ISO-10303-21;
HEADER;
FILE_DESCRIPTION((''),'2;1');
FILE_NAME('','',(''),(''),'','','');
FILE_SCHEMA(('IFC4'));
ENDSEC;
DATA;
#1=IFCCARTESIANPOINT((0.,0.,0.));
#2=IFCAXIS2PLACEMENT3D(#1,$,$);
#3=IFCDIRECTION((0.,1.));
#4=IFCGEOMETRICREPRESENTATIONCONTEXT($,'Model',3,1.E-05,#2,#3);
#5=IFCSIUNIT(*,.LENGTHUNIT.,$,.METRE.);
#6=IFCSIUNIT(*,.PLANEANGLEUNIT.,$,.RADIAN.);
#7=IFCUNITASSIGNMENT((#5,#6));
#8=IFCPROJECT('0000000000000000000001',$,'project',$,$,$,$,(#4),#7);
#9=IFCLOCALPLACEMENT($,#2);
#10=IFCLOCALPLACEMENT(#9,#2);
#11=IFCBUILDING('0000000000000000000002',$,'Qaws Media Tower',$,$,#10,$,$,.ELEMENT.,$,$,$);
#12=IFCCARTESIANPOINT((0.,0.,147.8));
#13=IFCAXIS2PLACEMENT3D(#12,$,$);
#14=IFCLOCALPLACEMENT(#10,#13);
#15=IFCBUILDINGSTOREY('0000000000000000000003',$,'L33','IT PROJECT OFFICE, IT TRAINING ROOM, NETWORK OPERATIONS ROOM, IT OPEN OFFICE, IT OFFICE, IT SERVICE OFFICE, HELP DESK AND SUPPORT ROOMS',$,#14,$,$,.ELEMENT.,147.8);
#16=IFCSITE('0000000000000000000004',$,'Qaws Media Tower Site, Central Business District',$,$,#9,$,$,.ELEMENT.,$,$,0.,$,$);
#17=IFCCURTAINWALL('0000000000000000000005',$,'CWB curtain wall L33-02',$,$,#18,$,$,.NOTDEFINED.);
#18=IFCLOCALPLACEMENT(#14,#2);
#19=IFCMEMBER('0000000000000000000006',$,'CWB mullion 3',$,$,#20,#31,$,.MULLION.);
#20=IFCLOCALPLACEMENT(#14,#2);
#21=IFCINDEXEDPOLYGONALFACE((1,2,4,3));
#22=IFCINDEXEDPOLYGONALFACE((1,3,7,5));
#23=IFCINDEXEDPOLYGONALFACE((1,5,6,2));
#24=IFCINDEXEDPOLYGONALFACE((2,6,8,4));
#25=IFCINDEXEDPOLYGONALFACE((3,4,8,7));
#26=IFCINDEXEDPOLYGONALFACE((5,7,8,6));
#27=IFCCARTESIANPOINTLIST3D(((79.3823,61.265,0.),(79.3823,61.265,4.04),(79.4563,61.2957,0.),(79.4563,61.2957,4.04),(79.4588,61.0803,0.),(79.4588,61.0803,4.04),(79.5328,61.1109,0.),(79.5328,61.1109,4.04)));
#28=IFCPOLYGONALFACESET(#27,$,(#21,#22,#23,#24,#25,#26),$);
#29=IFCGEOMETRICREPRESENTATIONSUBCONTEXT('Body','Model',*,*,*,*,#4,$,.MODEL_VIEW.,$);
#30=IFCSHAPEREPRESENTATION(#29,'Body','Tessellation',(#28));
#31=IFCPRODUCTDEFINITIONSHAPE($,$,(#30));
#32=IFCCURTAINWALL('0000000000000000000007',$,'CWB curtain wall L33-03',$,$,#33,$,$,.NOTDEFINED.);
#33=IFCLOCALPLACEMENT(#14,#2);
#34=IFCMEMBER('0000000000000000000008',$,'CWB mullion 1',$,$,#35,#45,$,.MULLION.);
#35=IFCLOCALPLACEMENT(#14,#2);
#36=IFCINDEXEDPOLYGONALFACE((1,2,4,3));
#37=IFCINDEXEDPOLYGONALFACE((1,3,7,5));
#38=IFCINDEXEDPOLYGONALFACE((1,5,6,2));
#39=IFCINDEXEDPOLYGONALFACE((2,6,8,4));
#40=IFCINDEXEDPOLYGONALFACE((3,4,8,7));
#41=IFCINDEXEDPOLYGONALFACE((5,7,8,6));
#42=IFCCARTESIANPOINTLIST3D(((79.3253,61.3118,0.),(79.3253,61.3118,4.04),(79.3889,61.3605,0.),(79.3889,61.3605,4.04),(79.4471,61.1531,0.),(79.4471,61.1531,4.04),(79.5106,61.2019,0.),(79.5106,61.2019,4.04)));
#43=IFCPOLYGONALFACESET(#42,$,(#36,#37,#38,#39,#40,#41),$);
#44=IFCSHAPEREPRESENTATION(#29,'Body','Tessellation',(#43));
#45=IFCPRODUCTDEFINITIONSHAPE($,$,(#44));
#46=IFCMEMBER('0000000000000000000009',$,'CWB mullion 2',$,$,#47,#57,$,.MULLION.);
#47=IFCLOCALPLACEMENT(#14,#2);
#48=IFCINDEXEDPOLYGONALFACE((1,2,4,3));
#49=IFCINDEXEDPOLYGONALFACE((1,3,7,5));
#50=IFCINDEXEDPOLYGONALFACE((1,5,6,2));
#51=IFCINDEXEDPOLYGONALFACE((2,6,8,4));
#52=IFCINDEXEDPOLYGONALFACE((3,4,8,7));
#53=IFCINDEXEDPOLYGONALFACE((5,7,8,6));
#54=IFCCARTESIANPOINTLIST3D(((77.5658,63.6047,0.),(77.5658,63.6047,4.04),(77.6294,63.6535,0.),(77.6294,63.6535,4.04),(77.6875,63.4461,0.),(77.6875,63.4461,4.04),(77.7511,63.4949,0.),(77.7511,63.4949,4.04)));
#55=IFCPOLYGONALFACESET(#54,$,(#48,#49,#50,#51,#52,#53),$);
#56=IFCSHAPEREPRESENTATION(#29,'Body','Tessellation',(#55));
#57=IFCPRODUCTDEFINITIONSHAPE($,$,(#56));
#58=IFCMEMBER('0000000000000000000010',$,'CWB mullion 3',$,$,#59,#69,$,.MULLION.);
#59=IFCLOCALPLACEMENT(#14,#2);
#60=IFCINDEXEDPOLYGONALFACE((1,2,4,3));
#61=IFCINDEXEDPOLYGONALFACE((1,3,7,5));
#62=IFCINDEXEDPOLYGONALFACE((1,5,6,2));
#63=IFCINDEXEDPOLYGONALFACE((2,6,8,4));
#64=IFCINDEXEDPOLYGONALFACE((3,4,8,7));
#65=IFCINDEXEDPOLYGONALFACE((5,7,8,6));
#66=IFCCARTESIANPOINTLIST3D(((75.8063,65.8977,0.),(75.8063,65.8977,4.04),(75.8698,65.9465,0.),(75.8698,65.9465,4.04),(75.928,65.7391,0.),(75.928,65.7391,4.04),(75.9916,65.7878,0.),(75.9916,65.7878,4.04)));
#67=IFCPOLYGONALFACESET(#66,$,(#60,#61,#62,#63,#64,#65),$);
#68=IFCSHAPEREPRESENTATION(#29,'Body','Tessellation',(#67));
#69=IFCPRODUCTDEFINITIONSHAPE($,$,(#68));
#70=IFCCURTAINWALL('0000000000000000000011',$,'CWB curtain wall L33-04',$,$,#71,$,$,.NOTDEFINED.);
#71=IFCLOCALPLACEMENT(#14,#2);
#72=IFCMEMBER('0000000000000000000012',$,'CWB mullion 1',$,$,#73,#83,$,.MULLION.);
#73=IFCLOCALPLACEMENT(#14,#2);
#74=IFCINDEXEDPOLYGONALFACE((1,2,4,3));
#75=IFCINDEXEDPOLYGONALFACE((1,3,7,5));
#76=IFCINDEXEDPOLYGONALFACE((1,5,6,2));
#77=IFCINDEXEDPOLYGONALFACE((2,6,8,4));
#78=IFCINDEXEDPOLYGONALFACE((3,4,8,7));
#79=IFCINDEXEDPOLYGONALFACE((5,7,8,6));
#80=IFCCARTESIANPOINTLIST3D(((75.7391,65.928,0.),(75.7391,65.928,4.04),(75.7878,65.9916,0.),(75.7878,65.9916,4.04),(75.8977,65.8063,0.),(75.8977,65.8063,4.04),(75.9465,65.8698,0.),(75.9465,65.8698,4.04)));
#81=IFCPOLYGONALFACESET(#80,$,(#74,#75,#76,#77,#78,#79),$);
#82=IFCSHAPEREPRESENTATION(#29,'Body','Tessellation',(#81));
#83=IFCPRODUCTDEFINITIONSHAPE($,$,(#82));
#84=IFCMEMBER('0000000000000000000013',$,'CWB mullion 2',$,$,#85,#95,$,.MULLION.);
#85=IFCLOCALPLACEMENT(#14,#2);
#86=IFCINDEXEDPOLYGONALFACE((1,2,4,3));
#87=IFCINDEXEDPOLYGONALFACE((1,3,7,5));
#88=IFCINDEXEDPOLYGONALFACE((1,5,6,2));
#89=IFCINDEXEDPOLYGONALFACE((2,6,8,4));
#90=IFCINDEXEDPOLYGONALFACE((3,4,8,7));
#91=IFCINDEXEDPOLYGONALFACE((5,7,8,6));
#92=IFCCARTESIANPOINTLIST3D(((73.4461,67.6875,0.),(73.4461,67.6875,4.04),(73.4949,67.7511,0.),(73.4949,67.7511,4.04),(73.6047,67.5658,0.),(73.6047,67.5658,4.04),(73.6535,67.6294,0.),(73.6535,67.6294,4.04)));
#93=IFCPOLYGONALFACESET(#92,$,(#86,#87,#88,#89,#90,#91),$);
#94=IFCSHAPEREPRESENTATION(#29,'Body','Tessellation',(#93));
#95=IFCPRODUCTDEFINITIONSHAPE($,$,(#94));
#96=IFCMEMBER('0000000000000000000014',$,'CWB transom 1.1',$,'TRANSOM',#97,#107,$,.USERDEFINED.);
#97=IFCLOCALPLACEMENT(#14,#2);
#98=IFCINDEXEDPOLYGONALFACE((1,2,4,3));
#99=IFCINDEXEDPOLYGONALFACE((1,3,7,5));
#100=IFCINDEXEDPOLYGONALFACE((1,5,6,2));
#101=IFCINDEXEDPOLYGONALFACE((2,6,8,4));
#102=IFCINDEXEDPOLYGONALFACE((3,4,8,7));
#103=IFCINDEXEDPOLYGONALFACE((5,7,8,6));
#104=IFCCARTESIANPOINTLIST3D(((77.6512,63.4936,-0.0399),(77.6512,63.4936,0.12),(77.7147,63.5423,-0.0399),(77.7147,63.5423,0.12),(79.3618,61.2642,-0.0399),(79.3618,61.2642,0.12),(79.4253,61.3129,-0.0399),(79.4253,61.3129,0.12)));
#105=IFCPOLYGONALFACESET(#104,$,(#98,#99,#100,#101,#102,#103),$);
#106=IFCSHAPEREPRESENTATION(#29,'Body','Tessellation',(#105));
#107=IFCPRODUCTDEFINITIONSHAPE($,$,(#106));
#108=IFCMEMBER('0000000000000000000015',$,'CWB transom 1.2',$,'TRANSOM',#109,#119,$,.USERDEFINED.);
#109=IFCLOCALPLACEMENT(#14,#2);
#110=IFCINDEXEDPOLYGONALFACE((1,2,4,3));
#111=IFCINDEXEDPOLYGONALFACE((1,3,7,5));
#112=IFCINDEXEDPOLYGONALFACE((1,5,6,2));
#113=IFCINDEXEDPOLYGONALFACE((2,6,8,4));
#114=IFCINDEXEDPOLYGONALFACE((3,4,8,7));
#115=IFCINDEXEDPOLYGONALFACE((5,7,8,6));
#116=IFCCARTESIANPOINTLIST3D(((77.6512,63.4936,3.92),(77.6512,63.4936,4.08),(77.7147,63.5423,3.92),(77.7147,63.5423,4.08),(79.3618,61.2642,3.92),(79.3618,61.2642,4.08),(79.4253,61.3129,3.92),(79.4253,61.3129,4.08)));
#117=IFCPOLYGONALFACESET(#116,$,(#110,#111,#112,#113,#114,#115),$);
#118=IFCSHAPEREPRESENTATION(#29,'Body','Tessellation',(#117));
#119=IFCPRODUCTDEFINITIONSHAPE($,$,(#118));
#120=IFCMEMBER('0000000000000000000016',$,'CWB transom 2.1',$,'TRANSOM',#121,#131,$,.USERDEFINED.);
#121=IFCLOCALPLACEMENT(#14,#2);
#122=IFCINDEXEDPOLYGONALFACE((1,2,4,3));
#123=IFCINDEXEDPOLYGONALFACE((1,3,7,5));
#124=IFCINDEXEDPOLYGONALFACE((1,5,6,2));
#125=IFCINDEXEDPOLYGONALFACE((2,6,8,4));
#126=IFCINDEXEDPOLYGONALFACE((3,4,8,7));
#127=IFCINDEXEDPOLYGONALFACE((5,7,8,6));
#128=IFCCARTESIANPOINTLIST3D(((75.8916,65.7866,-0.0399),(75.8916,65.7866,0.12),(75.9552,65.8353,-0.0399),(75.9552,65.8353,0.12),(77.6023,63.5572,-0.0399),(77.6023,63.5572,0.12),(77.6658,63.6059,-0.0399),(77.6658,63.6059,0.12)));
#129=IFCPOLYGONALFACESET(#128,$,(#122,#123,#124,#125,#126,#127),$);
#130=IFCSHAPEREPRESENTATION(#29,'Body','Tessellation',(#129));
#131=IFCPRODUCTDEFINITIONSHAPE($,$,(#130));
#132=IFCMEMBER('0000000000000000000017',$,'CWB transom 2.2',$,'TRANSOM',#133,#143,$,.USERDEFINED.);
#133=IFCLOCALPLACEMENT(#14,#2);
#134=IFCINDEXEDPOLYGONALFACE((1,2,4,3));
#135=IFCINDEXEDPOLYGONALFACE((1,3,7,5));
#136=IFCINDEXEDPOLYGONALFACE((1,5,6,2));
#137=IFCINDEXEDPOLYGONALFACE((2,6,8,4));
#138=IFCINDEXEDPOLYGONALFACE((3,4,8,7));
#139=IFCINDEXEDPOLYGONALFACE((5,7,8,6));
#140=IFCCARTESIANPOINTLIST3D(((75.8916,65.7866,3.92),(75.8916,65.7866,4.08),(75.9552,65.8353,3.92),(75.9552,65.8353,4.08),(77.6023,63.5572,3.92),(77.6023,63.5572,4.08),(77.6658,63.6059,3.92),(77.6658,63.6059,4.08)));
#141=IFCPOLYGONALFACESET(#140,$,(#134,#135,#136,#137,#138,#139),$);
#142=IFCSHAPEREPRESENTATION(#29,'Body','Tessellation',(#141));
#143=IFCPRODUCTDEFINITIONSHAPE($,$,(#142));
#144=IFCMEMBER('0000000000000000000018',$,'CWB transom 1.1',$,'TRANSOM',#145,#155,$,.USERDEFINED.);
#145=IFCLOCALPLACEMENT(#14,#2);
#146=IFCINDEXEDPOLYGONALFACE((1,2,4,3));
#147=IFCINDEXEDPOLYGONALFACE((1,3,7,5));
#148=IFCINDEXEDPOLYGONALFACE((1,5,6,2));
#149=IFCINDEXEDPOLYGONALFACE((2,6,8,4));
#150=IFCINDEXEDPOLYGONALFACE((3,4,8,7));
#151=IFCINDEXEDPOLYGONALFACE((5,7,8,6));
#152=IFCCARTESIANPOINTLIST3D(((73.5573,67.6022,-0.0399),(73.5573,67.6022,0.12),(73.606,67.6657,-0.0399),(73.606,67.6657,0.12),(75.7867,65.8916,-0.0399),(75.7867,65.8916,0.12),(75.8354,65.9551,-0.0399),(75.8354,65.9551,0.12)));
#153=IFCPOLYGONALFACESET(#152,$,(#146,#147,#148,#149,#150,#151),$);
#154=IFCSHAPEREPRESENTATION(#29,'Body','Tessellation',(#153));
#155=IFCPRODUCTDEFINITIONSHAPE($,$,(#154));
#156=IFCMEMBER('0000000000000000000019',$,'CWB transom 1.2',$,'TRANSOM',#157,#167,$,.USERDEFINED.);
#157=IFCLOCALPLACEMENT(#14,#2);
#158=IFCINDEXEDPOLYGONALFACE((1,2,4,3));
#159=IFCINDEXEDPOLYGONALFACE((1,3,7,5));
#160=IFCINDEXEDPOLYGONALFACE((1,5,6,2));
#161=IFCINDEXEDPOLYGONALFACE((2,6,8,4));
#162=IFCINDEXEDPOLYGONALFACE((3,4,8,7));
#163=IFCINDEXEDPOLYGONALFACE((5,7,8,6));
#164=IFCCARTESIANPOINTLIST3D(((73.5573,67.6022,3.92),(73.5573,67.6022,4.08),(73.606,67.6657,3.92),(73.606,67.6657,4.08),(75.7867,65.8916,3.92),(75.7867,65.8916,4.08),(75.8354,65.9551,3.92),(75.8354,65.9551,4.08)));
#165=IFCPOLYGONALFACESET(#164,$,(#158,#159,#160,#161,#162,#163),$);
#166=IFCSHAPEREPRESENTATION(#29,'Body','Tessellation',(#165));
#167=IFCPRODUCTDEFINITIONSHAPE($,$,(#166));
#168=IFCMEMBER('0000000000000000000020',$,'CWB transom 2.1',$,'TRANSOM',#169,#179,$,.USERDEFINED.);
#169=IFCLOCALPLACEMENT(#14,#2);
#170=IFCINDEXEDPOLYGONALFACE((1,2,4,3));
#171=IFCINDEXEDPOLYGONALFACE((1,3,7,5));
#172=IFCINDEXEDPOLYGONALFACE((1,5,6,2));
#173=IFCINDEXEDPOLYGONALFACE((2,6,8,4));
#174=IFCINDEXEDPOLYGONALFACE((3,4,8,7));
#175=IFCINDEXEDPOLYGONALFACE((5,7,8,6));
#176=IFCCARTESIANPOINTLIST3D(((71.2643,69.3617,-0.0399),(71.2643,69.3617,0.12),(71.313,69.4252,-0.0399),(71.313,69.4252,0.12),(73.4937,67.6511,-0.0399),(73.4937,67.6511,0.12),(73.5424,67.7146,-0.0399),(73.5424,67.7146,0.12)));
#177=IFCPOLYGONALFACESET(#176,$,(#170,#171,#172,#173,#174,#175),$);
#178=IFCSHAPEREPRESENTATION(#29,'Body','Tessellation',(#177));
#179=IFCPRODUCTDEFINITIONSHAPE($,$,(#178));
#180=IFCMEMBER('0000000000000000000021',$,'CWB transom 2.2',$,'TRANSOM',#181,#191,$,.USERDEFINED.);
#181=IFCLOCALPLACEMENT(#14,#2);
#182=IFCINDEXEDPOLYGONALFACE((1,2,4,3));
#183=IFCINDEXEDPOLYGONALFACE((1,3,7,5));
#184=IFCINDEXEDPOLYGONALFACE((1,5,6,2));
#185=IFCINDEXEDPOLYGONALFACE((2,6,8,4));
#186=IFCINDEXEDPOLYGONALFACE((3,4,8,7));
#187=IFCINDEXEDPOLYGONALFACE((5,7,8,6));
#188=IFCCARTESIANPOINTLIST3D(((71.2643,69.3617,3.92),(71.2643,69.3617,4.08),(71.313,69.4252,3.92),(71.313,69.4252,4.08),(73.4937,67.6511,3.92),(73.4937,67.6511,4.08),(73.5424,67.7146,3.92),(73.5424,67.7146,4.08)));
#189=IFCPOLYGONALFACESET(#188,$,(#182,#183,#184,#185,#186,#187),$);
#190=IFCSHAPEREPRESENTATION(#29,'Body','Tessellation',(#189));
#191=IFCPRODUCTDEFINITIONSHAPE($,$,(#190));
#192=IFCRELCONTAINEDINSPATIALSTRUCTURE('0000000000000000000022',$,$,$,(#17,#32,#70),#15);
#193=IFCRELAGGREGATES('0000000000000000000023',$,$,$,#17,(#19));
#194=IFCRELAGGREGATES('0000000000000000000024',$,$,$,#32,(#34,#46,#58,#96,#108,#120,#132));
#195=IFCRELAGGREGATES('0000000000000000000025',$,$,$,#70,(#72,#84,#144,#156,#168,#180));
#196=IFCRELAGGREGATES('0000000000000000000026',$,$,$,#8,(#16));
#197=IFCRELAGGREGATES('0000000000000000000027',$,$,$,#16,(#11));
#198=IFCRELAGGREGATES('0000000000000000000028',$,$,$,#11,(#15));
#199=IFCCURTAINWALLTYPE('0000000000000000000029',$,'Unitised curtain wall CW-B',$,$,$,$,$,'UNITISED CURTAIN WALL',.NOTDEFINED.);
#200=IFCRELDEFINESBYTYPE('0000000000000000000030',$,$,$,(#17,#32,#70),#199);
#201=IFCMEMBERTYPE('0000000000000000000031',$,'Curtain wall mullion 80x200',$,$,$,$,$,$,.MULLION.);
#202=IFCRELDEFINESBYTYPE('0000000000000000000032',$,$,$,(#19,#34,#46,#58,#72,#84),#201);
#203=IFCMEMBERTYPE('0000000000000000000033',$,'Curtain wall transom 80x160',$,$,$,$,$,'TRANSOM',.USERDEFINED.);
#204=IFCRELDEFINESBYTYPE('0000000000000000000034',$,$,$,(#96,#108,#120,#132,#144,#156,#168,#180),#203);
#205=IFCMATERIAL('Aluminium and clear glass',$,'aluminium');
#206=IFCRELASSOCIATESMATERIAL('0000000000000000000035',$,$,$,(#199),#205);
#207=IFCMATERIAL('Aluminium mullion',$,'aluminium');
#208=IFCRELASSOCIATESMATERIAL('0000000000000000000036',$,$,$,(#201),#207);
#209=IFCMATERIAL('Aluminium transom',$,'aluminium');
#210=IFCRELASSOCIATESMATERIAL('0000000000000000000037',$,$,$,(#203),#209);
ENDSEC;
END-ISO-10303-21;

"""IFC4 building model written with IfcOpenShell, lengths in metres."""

from ifc_helpers import new_model, si_unit, direction, frame, origin, origin_2d, place, context, subcontext, project, spatial, rectangle, extrude, material, material_profile, profile_set, type_object, element, aggregate, save


model = new_model("IFC4")

# Units and contexts
model_context = context("Model", 3, precision=1e-05, world=origin(), true_north=direction((0.0, 1.0)))
body_context = subcontext(model_context, "Body", "Model", "MODEL_VIEW")
ifc_project = project(units=[si_unit("LENGTHUNIT", "METRE"), si_unit("PLANEANGLEUNIT", "RADIAN")], contexts=[model_context])

# Site, building, storey
site_placement = place(None, origin())
site = spatial("IfcSite", under=ifc_project, at=site_placement, Name="Qaws Media Tower Site, Central Business District", CompositionType="ELEMENT", RefElevation=0.0)
building_placement = place(site_placement, origin())
building = spatial("IfcBuilding", under=site, at=building_placement, Name="Qaws Media Tower", CompositionType="ELEMENT")
storey_placement = place(building_placement, frame((0.0, 0.0, 147.8)))
storey = spatial("IfcBuildingStorey", under=building, at=storey_placement, Name="L33", Description="IT PROJECT OFFICE, IT TRAINING ROOM, NETWORK OPERATIONS ROOM, IT OPEN OFFICE, IT OFFICE, IT SERVICE OFFICE, HELP DESK AND SUPPORT ROOMS", CompositionType="ELEMENT", Elevation=147.8)

# Curtain wall, member
ifc_material_1 = material(Name="Aluminium and clear glass", Category="aluminium")
curtain_wall_type = type_object("IfcCurtainWallType", Name="Unitised curtain wall CW-B", ElementType="UNITISED CURTAIN WALL", PredefinedType="NOTDEFINED", material=ifc_material_1)
curtain_wall_1_placement = place(storey_placement, origin())
curtain_wall_1 = element("IfcCurtainWall", 1, at=curtain_wall_1_placement, inside=storey, type_object=curtain_wall_type, Name="CWB curtain wall L33-02", PredefinedType="NOTDEFINED")
ifc_material_2 = material(Name="Aluminium mullion", Category="aluminium")
ifc_material_profile_1 = material_profile(ifc_material_2, rectangle(XDim=0.0801, YDim=0.2, at=origin_2d()), Name="80x200")
ifc_profile_set_1 = profile_set([ifc_material_profile_1], Name="Aluminium mullion")
member_type_1 = type_object("IfcMemberType", Name="Curtain wall mullion 80x200", PredefinedType="MULLION", material=ifc_profile_set_1)
member_1_placement = place(storey_placement, frame((79.4575, 61.188, 0.0), z_axis=(0.0, 0.0, 1.0), x_axis=(-0.923879, -0.382684, 0.0)))
member_1 = element("IfcMember", 2, at=member_1_placement, type_object=member_type_1, Name="CWB mullion 3", PredefinedType="MULLION", context=body_context, shape_type="SweptSolid", body=[
    extrude(rectangle(XDim=0.0801, YDim=0.2, at=origin_2d()), origin(), (0.0, 0.0, 1.0), 4.04),
])
aggregate(curtain_wall_1, [member_1])

# Curtain walls, members
curtain_wall_2_placement = place(storey_placement, origin())
curtain_wall_2 = element("IfcCurtainWall", 3, at=curtain_wall_2_placement, inside=storey, type_object=curtain_wall_type, Name="CWB curtain wall L33-03", PredefinedType="NOTDEFINED")
member_2_placement = place(storey_placement, frame((79.418, 61.2568, 0.0), z_axis=(0.0, 0.0, 1.0), x_axis=(-0.793353, -0.608761, 0.0)))
member_2 = element("IfcMember", 4, at=member_2_placement, type_object=member_type_1, Name="CWB mullion 1", PredefinedType="MULLION", context=body_context, shape_type="SweptSolid", body=[
    extrude(rectangle(XDim=0.0801, YDim=0.2, at=origin_2d()), origin(), (0.0, 0.0, 1.0), 4.04),
])
member_3_placement = place(storey_placement, frame((77.6584, 63.5498, 0.0), z_axis=(0.0, 0.0, 1.0), x_axis=(-0.793353, -0.608761, 0.0)))
member_3 = element("IfcMember", 5, at=member_3_placement, type_object=member_type_1, Name="CWB mullion 2", PredefinedType="MULLION", context=body_context, shape_type="SweptSolid", body=[
    extrude(rectangle(XDim=0.0801, YDim=0.2, at=origin_2d()), origin(), (0.0, 0.0, 1.0), 4.04),
])
member_4_placement = place(storey_placement, frame((75.8989, 65.8428, 0.0), z_axis=(0.0, 0.0, 1.0), x_axis=(-0.793353, -0.608761, 0.0)))
member_4 = element("IfcMember", 6, at=member_4_placement, type_object=member_type_1, Name="CWB mullion 3", PredefinedType="MULLION", context=body_context, shape_type="SweptSolid", body=[
    extrude(rectangle(XDim=0.0801, YDim=0.2, at=origin_2d()), origin(), (0.0, 0.0, 1.0), 4.04),
])
curtain_wall_3_placement = place(storey_placement, origin())
curtain_wall_3 = element("IfcCurtainWall", 7, at=curtain_wall_3_placement, inside=storey, type_object=curtain_wall_type, Name="CWB curtain wall L33-04", PredefinedType="NOTDEFINED")
member_5_placement = place(storey_placement, frame((75.8428, 65.8989, 0.0), z_axis=(0.0, 0.0, 1.0), x_axis=(-0.608761, -0.793353, 0.0)))
member_5 = element("IfcMember", 8, at=member_5_placement, type_object=member_type_1, Name="CWB mullion 1", PredefinedType="MULLION", context=body_context, shape_type="SweptSolid", body=[
    extrude(rectangle(XDim=0.0801, YDim=0.2, at=origin_2d()), origin(), (0.0, 0.0, 1.0), 4.04),
])
member_6_placement = place(storey_placement, frame((73.5498, 67.6584, 0.0), z_axis=(0.0, 0.0, 1.0), x_axis=(-0.608761, -0.793353, 0.0)))
member_6 = element("IfcMember", 9, at=member_6_placement, type_object=member_type_1, Name="CWB mullion 2", PredefinedType="MULLION", context=body_context, shape_type="SweptSolid", body=[
    extrude(rectangle(XDim=0.0801, YDim=0.2, at=origin_2d()), origin(), (0.0, 0.0, 1.0), 4.04),
])

# Members
ifc_material_3 = material(Name="Aluminium transom", Category="aluminium")
ifc_material_profile_2 = material_profile(ifc_material_3, rectangle(XDim=0.0801, YDim=0.1599, at=origin_2d()), Name="80x160")
ifc_profile_set_2 = profile_set([ifc_material_profile_2], Name="Aluminium transom")
member_type_2 = type_object("IfcMemberType", Name="Curtain wall transom 80x160", ElementType="TRANSOM", PredefinedType="USERDEFINED", material=ifc_profile_set_2)
member_7_placement = place(storey_placement, frame((79.3936, 61.2886, 0.04), z_axis=(-0.608749, 0.793363, 0.0), x_axis=(-0.793363, -0.608749, 0.0)))
member_7 = element("IfcMember", 10, at=member_7_placement, type_object=member_type_2, Name="CWB transom 1.1", ObjectType="TRANSOM", PredefinedType="USERDEFINED", context=body_context, shape_type="SweptSolid", body=[
    extrude(rectangle(XDim=0.0801, YDim=0.1599, at=origin_2d()), origin(), (0.0, 0.0, 1.0), 2.8101),
])
member_8_placement = place(storey_placement, frame((79.3936, 61.2886, 4.0), z_axis=(-0.608749, 0.793363, 0.0), x_axis=(-0.793363, -0.608749, 0.0)))
member_8 = element("IfcMember", 11, at=member_8_placement, type_object=member_type_2, Name="CWB transom 1.2", ObjectType="TRANSOM", PredefinedType="USERDEFINED", context=body_context, shape_type="SweptSolid", body=[
    extrude(rectangle(XDim=0.0801, YDim=0.1599, at=origin_2d()), origin(), (0.0, 0.0, 1.0), 2.8101),
])
member_9_placement = place(storey_placement, frame((77.634, 63.5815, 0.04), z_axis=(-0.608749, 0.793363, 0.0), x_axis=(-0.793363, -0.608749, 0.0)))
member_9 = element("IfcMember", 12, at=member_9_placement, type_object=member_type_2, Name="CWB transom 2.1", ObjectType="TRANSOM", PredefinedType="USERDEFINED", context=body_context, shape_type="SweptSolid", body=[
    extrude(rectangle(XDim=0.0801, YDim=0.1599, at=origin_2d()), origin(), (0.0, 0.0, 1.0), 2.8101),
])
member_10_placement = place(storey_placement, frame((77.634, 63.5815, 4.0), z_axis=(-0.608749, 0.793363, 0.0), x_axis=(-0.793363, -0.608749, 0.0)))
member_10 = element("IfcMember", 13, at=member_10_placement, type_object=member_type_2, Name="CWB transom 2.2", ObjectType="TRANSOM", PredefinedType="USERDEFINED", context=body_context, shape_type="SweptSolid", body=[
    extrude(rectangle(XDim=0.0801, YDim=0.1599, at=origin_2d()), origin(), (0.0, 0.0, 1.0), 2.8101),
])
member_11_placement = place(storey_placement, frame((75.811, 65.9233, 0.04), z_axis=(-0.793363, 0.608749, 0.0), x_axis=(-0.608749, -0.793363, 0.0)))
member_11 = element("IfcMember", 14, at=member_11_placement, type_object=member_type_2, Name="CWB transom 1.1", ObjectType="TRANSOM", PredefinedType="USERDEFINED", context=body_context, shape_type="SweptSolid", body=[
    extrude(rectangle(XDim=0.0801, YDim=0.1599, at=origin_2d()), origin(), (0.0, 0.0, 1.0), 2.8101),
])
member_12_placement = place(storey_placement, frame((75.811, 65.9233, 4.0), z_axis=(-0.793363, 0.608749, 0.0), x_axis=(-0.608749, -0.793363, 0.0)))
member_12 = element("IfcMember", 15, at=member_12_placement, type_object=member_type_2, Name="CWB transom 1.2", ObjectType="TRANSOM", PredefinedType="USERDEFINED", context=body_context, shape_type="SweptSolid", body=[
    extrude(rectangle(XDim=0.0801, YDim=0.1599, at=origin_2d()), origin(), (0.0, 0.0, 1.0), 2.8101),
])
member_13_placement = place(storey_placement, frame((73.5181, 67.6829, 0.04), z_axis=(-0.793363, 0.608749, 0.0), x_axis=(-0.608749, -0.793363, 0.0)))
member_13 = element("IfcMember", 16, at=member_13_placement, type_object=member_type_2, Name="CWB transom 2.1", ObjectType="TRANSOM", PredefinedType="USERDEFINED", context=body_context, shape_type="SweptSolid", body=[
    extrude(rectangle(XDim=0.0801, YDim=0.1599, at=origin_2d()), origin(), (0.0, 0.0, 1.0), 2.8101),
])
member_14_placement = place(storey_placement, frame((73.5181, 67.6829, 4.0), z_axis=(-0.793363, 0.608749, 0.0), x_axis=(-0.608749, -0.793363, 0.0)))
member_14 = element("IfcMember", 17, at=member_14_placement, type_object=member_type_2, Name="CWB transom 2.2", ObjectType="TRANSOM", PredefinedType="USERDEFINED", context=body_context, shape_type="SweptSolid", body=[
    extrude(rectangle(XDim=0.0801, YDim=0.1599, at=origin_2d()), origin(), (0.0, 0.0, 1.0), 2.8101),
])

aggregate(curtain_wall_2, [member_2, member_3, member_4, member_7, member_8, member_9, member_10])
aggregate(curtain_wall_3, [member_5, member_6, member_11, member_12, member_13, member_14])

save(model, "model.ifc")
